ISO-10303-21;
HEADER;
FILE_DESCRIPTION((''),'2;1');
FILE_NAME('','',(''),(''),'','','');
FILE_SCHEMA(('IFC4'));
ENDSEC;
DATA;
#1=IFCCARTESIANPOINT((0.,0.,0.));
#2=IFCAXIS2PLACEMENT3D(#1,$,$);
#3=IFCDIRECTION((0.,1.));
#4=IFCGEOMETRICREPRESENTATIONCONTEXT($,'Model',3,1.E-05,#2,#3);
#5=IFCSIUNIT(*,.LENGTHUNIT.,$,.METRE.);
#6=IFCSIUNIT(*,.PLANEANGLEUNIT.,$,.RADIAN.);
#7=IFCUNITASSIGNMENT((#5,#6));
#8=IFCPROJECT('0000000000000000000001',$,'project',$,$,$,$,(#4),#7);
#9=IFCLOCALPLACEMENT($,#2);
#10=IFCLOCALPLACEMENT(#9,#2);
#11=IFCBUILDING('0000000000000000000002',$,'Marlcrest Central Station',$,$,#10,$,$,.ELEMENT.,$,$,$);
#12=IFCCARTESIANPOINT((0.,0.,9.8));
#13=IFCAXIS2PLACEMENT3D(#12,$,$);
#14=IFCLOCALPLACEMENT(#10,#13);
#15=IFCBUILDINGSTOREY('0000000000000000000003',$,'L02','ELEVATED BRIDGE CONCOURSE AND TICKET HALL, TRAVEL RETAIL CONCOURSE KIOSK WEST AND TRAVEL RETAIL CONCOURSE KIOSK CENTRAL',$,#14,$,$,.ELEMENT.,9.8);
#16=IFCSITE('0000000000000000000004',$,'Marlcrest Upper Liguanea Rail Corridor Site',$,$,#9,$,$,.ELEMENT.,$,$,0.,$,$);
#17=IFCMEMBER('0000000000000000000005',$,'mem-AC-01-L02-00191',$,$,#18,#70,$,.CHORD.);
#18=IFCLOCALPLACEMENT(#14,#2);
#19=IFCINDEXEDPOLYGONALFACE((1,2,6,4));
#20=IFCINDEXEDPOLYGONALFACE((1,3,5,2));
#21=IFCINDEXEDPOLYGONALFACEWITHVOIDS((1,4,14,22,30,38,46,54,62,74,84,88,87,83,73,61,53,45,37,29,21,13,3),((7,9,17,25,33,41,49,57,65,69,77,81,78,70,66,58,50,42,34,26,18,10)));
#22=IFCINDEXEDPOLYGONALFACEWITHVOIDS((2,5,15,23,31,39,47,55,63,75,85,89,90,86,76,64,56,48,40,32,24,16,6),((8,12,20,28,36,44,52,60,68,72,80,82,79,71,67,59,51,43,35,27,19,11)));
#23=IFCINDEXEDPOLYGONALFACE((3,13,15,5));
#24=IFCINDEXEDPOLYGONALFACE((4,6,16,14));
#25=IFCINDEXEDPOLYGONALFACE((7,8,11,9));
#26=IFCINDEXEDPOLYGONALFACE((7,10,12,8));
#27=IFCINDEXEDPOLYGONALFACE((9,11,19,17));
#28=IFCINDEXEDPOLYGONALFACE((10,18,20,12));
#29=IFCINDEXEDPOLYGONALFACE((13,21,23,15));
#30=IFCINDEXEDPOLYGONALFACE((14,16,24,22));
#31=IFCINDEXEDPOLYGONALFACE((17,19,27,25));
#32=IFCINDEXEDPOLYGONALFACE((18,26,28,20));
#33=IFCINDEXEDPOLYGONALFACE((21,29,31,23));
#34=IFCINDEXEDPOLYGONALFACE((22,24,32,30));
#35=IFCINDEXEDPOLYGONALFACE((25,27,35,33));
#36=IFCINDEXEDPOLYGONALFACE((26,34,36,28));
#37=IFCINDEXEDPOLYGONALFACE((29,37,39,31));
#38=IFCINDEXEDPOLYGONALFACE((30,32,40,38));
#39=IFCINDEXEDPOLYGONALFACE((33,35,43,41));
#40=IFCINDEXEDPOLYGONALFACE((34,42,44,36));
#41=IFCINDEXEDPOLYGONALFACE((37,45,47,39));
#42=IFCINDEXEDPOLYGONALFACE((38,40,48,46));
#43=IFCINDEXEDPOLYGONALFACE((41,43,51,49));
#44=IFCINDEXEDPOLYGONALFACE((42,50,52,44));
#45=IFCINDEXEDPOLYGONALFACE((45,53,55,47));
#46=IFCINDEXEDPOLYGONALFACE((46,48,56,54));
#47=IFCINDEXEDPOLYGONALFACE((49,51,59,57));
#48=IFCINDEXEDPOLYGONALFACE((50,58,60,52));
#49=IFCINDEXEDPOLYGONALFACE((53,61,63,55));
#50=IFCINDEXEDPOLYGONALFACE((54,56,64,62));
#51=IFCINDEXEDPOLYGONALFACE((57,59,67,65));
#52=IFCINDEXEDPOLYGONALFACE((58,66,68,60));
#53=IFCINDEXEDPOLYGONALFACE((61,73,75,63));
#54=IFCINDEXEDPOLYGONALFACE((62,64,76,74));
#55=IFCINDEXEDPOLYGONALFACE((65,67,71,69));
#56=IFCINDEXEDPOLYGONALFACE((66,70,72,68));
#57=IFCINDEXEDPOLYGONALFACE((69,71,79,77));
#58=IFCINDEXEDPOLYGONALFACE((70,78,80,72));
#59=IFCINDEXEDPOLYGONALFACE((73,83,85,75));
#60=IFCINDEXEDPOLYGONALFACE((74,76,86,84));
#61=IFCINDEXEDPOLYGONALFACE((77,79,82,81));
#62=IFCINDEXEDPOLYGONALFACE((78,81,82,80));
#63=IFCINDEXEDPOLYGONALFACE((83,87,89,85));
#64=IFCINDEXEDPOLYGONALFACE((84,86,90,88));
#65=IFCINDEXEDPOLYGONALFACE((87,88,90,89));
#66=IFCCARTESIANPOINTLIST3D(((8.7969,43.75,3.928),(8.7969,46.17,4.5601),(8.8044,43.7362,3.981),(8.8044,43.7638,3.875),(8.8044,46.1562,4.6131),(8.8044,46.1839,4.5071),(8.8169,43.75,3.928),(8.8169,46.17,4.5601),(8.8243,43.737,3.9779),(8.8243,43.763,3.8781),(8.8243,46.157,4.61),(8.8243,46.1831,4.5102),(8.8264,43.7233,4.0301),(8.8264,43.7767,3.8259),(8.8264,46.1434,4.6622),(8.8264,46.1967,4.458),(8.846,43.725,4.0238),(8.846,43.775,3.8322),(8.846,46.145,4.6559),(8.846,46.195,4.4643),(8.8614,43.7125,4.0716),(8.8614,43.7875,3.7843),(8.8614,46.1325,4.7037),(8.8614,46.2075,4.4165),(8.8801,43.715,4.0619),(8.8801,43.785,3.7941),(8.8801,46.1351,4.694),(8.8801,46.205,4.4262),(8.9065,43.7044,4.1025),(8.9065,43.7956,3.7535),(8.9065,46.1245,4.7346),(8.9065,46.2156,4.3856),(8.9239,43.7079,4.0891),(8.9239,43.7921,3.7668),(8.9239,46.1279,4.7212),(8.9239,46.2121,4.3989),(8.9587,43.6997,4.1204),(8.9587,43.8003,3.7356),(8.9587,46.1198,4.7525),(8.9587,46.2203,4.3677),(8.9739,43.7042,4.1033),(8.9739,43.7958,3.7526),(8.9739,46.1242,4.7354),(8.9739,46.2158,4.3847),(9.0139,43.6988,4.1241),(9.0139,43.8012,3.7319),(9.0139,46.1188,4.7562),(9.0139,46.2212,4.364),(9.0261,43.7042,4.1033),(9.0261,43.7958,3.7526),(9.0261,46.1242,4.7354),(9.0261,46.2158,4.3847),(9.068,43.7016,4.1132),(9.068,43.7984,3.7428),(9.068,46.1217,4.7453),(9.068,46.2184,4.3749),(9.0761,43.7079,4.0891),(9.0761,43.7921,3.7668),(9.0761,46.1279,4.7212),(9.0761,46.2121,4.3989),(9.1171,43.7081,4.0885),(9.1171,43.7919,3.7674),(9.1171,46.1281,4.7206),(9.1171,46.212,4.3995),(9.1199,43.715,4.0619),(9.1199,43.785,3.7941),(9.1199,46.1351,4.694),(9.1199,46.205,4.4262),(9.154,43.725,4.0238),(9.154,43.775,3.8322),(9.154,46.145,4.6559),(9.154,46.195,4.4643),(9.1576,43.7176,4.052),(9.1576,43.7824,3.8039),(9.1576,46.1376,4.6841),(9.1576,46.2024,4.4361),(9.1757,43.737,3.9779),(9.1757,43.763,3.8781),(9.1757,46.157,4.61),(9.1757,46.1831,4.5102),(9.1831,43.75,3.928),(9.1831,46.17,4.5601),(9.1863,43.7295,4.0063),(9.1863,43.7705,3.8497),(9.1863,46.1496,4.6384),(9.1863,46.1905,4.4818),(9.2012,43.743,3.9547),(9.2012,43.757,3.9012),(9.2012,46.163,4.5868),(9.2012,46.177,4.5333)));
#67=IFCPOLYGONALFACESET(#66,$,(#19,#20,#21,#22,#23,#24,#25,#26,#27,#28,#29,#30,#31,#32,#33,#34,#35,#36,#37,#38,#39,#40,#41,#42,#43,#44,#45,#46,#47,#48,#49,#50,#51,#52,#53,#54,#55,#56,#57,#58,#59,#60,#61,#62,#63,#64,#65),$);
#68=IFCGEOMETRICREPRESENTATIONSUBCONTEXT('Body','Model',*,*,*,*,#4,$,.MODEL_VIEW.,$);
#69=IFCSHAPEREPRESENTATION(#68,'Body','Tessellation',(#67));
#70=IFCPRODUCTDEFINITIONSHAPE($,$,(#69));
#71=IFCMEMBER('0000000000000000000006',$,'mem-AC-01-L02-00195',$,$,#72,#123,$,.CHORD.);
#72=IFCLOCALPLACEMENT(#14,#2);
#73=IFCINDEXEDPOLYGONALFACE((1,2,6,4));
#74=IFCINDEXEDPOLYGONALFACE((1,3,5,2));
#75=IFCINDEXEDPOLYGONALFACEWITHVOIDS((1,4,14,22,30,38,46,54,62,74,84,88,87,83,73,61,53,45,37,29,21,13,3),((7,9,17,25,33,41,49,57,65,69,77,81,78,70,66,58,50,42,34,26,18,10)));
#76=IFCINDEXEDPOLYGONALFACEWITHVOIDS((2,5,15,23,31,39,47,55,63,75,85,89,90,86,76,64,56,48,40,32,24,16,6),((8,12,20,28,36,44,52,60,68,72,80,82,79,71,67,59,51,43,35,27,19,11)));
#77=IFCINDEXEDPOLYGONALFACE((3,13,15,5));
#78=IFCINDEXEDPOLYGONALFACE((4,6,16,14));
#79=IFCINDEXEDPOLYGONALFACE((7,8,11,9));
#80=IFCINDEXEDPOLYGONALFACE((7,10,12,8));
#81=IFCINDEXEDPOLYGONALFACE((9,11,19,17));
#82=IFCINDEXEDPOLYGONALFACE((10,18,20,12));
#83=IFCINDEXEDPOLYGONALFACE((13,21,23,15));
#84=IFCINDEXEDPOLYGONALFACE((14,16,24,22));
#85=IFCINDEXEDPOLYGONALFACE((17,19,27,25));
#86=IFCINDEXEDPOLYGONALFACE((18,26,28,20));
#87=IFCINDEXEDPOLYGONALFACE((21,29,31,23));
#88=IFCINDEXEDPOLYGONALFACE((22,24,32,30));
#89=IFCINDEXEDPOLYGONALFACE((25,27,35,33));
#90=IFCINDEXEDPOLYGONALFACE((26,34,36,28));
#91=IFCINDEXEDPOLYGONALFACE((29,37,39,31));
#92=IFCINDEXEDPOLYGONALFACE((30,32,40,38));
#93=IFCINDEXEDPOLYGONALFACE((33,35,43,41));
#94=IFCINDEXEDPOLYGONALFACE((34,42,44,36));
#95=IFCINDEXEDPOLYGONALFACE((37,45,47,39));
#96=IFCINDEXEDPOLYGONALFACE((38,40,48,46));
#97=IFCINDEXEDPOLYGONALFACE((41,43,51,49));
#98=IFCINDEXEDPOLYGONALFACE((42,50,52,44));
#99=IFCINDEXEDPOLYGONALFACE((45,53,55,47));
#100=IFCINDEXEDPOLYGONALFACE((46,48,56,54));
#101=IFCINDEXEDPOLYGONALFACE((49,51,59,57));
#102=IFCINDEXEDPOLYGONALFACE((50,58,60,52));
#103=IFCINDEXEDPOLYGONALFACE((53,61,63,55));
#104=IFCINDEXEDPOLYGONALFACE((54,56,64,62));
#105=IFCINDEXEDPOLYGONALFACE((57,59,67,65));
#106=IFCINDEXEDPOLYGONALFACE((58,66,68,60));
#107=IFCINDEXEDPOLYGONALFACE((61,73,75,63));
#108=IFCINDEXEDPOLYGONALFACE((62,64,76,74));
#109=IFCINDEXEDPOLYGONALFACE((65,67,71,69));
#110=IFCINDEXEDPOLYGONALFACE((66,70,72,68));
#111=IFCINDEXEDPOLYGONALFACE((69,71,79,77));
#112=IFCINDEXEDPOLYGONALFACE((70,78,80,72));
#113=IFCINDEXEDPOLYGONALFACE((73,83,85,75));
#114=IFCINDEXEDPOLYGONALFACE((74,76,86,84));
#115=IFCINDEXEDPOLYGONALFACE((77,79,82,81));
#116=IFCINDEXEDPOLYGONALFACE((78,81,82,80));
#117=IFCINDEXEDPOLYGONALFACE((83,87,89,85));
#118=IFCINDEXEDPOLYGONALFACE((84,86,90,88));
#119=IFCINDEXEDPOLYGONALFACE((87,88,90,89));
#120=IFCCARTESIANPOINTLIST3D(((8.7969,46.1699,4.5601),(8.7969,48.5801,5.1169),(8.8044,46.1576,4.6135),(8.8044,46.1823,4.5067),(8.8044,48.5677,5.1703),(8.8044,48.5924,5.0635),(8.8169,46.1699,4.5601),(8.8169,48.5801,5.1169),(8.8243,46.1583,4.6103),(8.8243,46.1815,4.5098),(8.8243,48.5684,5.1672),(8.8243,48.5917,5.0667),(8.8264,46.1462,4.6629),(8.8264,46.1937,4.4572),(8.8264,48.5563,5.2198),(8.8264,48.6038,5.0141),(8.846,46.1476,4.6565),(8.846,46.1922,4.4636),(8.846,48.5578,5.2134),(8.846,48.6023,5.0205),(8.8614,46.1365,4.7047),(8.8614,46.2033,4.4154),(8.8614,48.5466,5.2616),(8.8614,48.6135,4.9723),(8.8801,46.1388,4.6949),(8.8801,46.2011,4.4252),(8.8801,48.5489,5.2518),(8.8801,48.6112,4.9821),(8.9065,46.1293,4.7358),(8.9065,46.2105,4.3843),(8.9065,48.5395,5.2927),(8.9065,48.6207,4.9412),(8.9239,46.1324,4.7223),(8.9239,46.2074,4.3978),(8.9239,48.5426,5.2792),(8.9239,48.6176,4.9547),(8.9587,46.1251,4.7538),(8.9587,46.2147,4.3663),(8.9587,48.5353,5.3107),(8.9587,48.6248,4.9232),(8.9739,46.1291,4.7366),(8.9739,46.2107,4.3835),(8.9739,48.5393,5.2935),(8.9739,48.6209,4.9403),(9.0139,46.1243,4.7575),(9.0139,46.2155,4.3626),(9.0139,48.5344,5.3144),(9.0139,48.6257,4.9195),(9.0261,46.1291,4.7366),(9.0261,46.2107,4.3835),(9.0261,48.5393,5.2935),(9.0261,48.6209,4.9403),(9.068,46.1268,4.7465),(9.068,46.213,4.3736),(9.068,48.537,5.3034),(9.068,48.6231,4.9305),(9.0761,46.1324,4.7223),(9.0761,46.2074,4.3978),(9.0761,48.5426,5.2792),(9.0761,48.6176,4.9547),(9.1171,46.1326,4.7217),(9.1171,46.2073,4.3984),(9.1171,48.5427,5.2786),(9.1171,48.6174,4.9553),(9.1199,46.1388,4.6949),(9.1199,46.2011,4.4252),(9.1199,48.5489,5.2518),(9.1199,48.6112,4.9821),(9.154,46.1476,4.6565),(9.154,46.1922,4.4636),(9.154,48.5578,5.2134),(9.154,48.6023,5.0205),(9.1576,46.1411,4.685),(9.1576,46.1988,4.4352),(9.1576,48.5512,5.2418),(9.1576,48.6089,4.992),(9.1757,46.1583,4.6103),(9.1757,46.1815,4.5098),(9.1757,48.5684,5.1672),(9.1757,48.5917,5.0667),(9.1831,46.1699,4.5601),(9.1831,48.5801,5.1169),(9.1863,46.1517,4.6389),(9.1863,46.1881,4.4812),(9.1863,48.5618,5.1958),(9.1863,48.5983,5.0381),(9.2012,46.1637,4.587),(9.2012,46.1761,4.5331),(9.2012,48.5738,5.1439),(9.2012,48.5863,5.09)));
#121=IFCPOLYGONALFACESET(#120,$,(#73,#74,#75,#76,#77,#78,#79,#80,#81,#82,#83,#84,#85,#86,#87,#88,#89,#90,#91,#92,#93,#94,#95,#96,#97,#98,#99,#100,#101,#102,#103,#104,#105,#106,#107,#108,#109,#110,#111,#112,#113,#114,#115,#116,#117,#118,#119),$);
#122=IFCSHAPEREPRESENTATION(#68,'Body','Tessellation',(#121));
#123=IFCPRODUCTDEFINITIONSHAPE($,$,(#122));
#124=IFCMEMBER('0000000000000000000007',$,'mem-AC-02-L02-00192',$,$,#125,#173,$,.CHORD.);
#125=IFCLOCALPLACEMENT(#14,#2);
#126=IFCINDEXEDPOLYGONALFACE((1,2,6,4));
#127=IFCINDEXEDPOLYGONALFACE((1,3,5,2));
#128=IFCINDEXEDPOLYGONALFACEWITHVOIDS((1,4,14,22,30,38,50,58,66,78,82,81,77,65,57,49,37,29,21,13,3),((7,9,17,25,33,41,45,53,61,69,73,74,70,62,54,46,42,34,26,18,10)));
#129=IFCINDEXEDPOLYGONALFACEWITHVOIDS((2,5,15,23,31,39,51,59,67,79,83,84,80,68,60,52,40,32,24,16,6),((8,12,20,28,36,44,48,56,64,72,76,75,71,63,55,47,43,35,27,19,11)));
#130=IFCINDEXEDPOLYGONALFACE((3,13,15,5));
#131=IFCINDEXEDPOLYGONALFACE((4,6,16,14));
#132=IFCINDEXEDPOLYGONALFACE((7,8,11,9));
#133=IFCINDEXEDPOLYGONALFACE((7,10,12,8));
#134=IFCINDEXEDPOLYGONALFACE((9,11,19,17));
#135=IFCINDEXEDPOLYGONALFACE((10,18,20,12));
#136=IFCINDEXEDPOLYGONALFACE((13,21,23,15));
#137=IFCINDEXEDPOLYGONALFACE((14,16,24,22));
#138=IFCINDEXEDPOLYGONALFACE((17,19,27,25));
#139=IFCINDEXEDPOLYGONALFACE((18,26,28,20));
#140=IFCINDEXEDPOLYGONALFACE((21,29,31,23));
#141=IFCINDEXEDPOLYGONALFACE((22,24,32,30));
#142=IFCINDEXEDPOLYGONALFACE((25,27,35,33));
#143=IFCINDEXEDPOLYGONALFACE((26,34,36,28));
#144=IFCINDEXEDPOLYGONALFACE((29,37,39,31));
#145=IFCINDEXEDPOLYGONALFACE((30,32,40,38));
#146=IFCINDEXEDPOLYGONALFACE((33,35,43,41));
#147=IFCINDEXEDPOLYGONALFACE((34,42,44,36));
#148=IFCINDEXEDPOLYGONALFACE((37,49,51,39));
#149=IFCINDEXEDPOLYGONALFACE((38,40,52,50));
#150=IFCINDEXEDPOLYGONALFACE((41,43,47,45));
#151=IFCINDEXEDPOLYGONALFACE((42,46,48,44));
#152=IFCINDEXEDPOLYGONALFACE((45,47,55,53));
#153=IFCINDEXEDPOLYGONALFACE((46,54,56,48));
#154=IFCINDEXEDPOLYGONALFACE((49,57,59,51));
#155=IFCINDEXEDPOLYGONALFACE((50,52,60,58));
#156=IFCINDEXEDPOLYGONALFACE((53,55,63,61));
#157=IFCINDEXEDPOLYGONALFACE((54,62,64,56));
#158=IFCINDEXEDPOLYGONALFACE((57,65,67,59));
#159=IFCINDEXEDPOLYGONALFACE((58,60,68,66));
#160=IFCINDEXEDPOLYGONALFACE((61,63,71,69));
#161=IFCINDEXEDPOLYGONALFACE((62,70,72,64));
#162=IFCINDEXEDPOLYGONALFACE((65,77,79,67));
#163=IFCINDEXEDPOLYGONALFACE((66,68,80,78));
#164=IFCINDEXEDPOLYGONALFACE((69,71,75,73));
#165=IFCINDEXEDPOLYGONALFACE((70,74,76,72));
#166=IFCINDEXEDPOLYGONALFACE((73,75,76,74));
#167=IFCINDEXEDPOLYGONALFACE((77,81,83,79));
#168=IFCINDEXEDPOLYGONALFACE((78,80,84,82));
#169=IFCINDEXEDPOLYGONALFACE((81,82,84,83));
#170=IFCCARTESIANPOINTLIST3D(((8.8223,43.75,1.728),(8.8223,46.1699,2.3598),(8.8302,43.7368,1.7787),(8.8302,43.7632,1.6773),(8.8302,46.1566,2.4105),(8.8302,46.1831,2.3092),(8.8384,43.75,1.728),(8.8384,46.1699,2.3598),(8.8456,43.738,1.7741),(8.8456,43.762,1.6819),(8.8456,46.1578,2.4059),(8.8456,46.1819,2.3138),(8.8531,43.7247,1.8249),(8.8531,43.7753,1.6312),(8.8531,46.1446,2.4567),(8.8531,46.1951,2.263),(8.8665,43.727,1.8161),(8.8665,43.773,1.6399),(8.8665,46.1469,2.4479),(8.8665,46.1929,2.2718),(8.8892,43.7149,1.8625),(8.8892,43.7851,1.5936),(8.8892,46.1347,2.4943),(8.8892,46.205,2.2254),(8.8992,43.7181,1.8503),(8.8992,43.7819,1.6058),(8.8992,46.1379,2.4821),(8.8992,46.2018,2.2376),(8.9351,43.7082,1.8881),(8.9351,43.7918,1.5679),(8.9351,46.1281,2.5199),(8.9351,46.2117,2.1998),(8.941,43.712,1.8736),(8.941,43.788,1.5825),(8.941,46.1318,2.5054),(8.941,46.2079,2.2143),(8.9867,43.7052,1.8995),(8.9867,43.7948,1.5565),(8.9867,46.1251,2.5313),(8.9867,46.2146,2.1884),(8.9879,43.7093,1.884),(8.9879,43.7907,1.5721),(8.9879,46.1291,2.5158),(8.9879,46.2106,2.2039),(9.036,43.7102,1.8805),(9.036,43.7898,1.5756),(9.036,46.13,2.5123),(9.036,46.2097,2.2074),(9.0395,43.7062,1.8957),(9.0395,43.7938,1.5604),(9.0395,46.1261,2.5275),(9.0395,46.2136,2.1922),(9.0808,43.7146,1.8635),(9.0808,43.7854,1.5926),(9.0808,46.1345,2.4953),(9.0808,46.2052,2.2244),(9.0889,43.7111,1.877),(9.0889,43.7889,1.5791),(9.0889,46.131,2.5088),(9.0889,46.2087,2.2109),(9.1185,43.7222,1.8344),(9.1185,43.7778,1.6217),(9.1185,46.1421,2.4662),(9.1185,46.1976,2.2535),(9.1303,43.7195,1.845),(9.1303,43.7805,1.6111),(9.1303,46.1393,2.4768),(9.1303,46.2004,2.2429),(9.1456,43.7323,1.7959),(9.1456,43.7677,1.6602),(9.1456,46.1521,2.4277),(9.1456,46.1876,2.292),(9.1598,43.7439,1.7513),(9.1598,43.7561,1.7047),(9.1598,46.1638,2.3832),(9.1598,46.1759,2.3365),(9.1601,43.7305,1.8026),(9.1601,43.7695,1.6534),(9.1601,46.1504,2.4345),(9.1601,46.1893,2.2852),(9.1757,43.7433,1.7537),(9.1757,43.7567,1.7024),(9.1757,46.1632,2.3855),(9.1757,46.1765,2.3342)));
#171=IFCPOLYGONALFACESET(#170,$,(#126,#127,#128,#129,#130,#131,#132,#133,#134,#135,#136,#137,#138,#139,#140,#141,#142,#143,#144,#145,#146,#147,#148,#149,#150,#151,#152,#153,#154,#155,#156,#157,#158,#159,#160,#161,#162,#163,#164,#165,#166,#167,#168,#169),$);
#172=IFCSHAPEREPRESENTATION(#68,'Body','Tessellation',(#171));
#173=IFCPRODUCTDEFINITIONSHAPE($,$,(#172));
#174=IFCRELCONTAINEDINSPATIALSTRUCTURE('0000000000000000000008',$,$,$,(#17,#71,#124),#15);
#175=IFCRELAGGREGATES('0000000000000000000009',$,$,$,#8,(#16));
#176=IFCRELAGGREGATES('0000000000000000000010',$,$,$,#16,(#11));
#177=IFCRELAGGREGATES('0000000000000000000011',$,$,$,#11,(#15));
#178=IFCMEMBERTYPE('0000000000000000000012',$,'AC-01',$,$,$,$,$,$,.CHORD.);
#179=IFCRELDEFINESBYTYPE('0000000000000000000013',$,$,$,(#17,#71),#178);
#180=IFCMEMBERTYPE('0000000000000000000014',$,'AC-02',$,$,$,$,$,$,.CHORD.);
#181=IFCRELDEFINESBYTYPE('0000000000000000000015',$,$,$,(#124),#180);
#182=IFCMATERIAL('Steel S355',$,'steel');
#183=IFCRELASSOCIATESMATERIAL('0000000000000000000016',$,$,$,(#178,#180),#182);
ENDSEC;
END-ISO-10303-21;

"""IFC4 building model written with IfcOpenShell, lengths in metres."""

from ifc_helpers import new_model, si_unit, direction, frame, origin, origin_2d, place, context, subcontext, project, spatial, hollow_circle, extrude, material, material_profile, profile_set, type_object, element, save


model = new_model("IFC4")

# Units and contexts
model_context = context("Model", 3, precision=1e-05, world=origin(), true_north=direction((0.0, 1.0)))
body_context = subcontext(model_context, "Body", "Model", "MODEL_VIEW")
ifc_project = project(units=[si_unit("LENGTHUNIT", "METRE"), si_unit("PLANEANGLEUNIT", "RADIAN")], contexts=[model_context])

# Site, building, storey
site_placement = place(None, origin())
site = spatial("IfcSite", under=ifc_project, at=site_placement, Name="Marlcrest Upper Liguanea Rail Corridor Site", CompositionType="ELEMENT", RefElevation=0.0)
building_placement = place(site_placement, origin())
building = spatial("IfcBuilding", under=site, at=building_placement, Name="Marlcrest Central Station", CompositionType="ELEMENT")
storey_placement = place(building_placement, frame((0.0, 0.0, 9.8)))
storey = spatial("IfcBuildingStorey", under=building, at=storey_placement, Name="L02", Description="ELEVATED BRIDGE CONCOURSE AND TICKET HALL, TRAVEL RETAIL CONCOURSE KIOSK WEST AND TRAVEL RETAIL CONCOURSE KIOSK CENTRAL", CompositionType="ELEMENT", Elevation=9.8)

# Members
ifc_material_1 = material(Name="Steel S355", Category="steel")
ifc_material_profile_1 = material_profile(ifc_material_1, hollow_circle(Radius=0.2031, WallThickness=0.02, at=origin_2d()), Name="CHS 406.4x20")
ifc_profile_set_1 = profile_set([ifc_material_profile_1], Name="Steel S355")
member_type_1 = type_object("IfcMemberType", Name="AC-01", PredefinedType="CHORD", material=ifc_profile_set_1)
member_1_placement = place(storey_placement, frame((9.0, 43.75, 3.928), z_axis=(0.0, 0.967539, 0.25272), x_axis=(-1.0, 0.0, 0.0)))
element("IfcMember", 1, at=member_1_placement, inside=storey, type_object=member_type_1, Name="mem-AC-01-L02-00191", PredefinedType="CHORD", context=body_context, shape_type="SweptSolid", body=[
    extrude(hollow_circle(Radius=0.2031, WallThickness=0.02, at=origin_2d()), origin(), (0.0, 0.0, 1.0), 2.5012),
])
member_2_placement = place(storey_placement, frame((9.0, 46.1699, 4.5601), z_axis=(0.0, 0.97433, 0.225126), x_axis=(-1.0, 0.0, 0.0)))
element("IfcMember", 2, at=member_2_placement, inside=storey, type_object=member_type_1, Name="mem-AC-01-L02-00195", PredefinedType="CHORD", context=body_context, shape_type="SweptSolid", body=[
    extrude(hollow_circle(Radius=0.2031, WallThickness=0.02, at=origin_2d()), origin(), (0.0, 0.0, 1.0), 2.4736),
])
ifc_material_profile_2 = material_profile(ifc_material_1, hollow_circle(Radius=0.1777, WallThickness=0.0161, at=origin_2d()), Name="CHS 355.6x16")
ifc_profile_set_2 = profile_set([ifc_material_profile_2], Name="Steel S355")
member_type_2 = type_object("IfcMemberType", Name="AC-02", PredefinedType="CHORD", material=ifc_profile_set_2)
member_3_placement = place(storey_placement, frame((9.0, 43.75, 1.728), z_axis=(0.0, 0.967563, 0.252629), x_axis=(-1.0, 0.0, 0.0)))
element("IfcMember", 3, at=member_3_placement, inside=storey, type_object=member_type_2, Name="mem-AC-02-L02-00192", PredefinedType="CHORD", context=body_context, shape_type="SweptSolid", body=[
    extrude(hollow_circle(Radius=0.1777, WallThickness=0.0161, at=origin_2d()), origin(), (0.0, 0.0, 1.0), 2.501),
])

save(model, "model.ifc")
